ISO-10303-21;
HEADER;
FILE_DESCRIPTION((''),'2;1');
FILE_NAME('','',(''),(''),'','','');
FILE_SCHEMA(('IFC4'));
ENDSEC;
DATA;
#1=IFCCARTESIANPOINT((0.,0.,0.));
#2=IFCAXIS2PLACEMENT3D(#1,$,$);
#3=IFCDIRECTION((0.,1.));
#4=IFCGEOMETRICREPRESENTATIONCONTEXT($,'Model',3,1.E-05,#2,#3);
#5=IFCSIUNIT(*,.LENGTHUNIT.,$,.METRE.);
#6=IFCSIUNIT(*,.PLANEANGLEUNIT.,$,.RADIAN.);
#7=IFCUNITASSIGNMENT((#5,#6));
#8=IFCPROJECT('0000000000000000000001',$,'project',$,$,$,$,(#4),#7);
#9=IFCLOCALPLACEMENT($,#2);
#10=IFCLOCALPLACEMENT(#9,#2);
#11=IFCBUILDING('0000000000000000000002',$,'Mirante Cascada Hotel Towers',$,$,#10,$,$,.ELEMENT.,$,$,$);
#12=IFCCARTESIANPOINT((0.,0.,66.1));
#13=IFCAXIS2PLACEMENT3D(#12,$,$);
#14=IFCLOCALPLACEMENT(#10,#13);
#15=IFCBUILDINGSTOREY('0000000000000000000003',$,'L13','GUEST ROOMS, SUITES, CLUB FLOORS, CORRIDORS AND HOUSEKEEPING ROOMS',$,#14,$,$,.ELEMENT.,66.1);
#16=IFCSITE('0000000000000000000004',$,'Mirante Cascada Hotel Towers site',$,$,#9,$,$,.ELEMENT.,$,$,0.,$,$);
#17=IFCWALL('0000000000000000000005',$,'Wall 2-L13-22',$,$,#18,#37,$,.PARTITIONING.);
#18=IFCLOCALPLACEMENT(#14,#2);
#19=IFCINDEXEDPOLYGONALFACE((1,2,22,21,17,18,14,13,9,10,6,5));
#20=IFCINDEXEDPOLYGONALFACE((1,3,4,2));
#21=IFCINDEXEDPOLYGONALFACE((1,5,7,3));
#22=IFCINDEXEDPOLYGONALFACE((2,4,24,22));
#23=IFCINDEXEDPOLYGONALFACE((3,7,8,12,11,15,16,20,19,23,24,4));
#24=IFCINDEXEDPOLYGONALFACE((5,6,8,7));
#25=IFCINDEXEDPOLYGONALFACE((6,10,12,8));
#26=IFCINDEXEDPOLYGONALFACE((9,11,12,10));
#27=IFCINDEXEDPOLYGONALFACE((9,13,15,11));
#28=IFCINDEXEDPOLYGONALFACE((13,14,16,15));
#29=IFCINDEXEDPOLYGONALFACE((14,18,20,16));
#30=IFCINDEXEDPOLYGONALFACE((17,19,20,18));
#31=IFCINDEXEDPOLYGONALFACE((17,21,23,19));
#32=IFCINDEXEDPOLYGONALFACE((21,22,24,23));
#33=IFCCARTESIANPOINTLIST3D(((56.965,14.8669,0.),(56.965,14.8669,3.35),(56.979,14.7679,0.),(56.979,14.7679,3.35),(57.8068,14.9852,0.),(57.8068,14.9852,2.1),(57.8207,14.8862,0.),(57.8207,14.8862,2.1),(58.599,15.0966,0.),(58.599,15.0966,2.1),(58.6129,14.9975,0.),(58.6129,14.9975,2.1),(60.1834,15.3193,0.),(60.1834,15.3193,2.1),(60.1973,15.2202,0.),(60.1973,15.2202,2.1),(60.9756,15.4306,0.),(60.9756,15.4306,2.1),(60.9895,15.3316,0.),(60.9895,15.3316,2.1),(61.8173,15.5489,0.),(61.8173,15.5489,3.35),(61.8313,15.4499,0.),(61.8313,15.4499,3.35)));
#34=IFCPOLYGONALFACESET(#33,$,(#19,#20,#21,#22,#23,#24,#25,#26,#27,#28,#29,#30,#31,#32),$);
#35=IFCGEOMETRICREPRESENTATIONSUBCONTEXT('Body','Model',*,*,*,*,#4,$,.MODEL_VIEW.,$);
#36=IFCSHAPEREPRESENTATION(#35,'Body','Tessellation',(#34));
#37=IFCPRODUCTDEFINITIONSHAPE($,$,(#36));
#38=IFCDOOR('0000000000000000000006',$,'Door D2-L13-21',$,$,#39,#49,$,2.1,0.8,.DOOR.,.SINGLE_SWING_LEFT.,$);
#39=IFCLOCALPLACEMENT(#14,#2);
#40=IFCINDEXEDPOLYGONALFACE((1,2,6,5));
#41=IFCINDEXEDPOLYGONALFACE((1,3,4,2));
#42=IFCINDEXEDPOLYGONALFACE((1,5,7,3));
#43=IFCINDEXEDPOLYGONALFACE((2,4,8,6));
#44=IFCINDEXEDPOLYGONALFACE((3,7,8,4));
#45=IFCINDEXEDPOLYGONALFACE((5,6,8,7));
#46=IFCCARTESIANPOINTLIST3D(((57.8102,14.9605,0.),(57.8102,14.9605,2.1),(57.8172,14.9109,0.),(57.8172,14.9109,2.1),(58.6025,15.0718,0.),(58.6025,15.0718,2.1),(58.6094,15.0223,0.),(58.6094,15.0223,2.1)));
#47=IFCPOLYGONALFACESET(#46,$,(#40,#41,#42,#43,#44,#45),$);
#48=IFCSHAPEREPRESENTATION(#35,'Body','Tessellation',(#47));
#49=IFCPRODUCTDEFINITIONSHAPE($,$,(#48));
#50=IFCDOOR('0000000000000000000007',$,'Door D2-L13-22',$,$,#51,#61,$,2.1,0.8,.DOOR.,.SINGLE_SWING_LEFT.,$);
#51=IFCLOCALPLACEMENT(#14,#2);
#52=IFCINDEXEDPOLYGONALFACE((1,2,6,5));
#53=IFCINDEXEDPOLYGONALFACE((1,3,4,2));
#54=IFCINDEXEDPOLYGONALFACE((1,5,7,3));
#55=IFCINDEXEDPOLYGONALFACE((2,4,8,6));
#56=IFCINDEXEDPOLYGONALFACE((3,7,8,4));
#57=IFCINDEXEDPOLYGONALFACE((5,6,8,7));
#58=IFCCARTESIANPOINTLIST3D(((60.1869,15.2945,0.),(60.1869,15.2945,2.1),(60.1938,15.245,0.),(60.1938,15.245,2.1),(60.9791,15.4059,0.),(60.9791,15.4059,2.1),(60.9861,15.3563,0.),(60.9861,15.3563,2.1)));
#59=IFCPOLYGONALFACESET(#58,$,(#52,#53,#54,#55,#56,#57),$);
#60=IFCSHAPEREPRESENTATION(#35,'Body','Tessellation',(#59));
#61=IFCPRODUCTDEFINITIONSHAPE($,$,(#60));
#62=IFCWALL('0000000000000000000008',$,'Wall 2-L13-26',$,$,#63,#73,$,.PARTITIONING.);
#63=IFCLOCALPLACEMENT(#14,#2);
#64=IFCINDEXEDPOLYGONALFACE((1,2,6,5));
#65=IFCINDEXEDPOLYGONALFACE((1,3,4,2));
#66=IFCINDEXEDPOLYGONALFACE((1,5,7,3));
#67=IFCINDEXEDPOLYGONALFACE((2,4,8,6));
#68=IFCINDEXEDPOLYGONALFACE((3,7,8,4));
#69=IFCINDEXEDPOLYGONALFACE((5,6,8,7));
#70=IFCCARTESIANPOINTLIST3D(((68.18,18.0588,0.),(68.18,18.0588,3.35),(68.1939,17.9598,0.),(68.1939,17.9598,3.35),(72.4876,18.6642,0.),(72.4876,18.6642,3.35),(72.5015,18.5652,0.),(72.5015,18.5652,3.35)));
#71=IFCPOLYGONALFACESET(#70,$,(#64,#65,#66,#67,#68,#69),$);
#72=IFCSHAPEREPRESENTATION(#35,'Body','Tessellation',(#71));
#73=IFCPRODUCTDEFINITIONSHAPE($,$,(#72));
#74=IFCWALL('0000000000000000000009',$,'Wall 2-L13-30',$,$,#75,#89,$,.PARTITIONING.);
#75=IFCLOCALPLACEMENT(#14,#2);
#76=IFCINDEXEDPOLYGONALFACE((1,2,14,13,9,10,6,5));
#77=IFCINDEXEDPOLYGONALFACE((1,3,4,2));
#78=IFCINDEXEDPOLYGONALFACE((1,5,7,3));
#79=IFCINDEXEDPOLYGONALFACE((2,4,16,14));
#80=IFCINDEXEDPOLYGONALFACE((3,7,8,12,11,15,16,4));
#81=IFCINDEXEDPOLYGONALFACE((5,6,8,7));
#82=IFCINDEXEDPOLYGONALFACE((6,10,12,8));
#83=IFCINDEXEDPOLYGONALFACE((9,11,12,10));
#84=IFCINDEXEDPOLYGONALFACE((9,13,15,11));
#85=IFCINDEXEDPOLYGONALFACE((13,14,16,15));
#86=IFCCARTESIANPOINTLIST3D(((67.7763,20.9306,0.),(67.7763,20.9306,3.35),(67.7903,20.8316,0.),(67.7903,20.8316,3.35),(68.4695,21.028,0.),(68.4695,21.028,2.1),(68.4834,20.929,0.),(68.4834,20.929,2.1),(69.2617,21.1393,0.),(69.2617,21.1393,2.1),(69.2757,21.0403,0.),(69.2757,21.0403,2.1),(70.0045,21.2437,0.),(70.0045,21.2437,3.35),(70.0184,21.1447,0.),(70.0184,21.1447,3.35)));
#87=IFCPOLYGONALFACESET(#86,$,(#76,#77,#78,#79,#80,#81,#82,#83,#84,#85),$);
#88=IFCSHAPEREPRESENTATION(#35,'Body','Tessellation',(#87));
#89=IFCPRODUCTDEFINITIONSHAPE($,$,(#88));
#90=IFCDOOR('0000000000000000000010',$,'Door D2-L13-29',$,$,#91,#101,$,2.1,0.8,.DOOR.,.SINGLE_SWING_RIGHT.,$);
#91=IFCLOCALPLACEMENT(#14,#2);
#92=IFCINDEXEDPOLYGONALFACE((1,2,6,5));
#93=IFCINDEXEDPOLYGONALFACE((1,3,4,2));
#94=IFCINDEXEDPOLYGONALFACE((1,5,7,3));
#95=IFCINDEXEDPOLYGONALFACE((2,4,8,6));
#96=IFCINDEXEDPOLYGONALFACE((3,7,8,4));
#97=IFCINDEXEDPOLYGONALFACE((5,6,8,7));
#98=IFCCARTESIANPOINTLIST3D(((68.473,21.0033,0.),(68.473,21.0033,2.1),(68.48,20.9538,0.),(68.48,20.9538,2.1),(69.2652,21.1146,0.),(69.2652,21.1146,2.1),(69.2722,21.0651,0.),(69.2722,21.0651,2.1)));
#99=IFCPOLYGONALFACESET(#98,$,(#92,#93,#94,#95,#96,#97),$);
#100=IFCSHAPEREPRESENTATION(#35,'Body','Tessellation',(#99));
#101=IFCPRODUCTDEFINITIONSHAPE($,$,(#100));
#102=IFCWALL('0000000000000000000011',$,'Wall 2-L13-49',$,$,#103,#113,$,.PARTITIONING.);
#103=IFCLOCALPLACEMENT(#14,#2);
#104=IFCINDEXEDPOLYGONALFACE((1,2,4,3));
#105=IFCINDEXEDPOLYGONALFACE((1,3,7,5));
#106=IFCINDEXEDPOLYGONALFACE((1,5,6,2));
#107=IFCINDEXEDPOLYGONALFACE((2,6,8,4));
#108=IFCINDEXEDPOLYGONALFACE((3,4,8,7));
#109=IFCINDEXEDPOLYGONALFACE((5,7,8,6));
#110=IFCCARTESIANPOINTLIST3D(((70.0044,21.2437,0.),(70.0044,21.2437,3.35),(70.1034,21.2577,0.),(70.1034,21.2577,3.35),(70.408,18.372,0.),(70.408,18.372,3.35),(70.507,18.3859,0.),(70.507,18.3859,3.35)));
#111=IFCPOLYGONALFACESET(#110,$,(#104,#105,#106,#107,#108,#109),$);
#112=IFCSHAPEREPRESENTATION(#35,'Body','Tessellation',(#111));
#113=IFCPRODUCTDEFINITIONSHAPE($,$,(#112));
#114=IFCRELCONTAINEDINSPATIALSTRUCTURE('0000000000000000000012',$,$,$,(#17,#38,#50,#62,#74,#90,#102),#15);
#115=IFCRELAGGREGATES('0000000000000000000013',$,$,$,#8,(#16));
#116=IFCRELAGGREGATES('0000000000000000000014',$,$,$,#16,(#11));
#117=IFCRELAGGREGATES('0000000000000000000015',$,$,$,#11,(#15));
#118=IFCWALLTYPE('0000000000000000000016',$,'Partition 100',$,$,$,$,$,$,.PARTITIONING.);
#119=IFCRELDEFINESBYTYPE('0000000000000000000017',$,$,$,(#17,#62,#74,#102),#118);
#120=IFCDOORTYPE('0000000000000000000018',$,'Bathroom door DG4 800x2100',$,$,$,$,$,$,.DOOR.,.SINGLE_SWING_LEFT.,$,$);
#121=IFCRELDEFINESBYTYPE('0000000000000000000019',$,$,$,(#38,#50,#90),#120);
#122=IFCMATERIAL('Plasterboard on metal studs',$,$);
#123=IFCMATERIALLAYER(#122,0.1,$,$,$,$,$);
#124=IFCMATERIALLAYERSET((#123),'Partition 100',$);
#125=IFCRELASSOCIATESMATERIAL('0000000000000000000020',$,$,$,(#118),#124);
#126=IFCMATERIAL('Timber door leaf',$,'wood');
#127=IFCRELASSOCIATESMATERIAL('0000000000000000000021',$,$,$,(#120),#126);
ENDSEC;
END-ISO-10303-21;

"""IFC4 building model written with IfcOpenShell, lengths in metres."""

from ifc_helpers import new_model, si_unit, direction, frame, frame_2d, origin, place, context, subcontext, project, spatial, rectangle, extrude, material, layer, layer_set, type_object, element, fill, save


model = new_model("IFC4")

# Units and contexts
model_context = context("Model", 3, precision=1e-05, world=origin(), true_north=direction((0.0, 1.0)))
body_context = subcontext(model_context, "Body", "Model", "MODEL_VIEW")
ifc_project = project(units=[si_unit("LENGTHUNIT", "METRE"), si_unit("PLANEANGLEUNIT", "RADIAN")], contexts=[model_context])

# Site, building, storey
site_placement = place(None, origin())
site = spatial("IfcSite", under=ifc_project, at=site_placement, Name="Mirante Cascada Hotel Towers site", CompositionType="ELEMENT", RefElevation=0.0)
building_placement = place(site_placement, origin())
building = spatial("IfcBuilding", under=site, at=building_placement, Name="Mirante Cascada Hotel Towers", CompositionType="ELEMENT")
storey_placement = place(building_placement, frame((0.0, 0.0, 66.1)))
storey = spatial("IfcBuildingStorey", under=building, at=storey_placement, Name="L13", Description="GUEST ROOMS, SUITES, CLUB FLOORS, CORRIDORS AND HOUSEKEEPING ROOMS", CompositionType="ELEMENT", Elevation=66.1)

# Wall, openings, doors
ifc_material_1 = material(Name="Plasterboard on metal studs")
ifc_layer_1 = layer(ifc_material_1, 0.1)
ifc_layer_set_1 = layer_set([ifc_layer_1], Name="Partition 100")
wall_type_1 = type_object("IfcWallType", Name="Partition 100", PredefinedType="PARTITIONING", material=ifc_layer_set_1)
wall_1_placement = place(storey_placement, frame((56.972, 14.8174, 0.0), z_axis=(0.0, 0.0, 1.0), x_axis=(0.990267, 0.139184, 0.0)))
wall_1 = element("IfcWall", 1, at=wall_1_placement, inside=storey, type_object=wall_type_1, Name="Wall 2-L13-22", PredefinedType="PARTITIONING", context=body_context, shape_type="SweptSolid", body=[
    extrude(rectangle(XDim=4.9, YDim=0.1, at=frame_2d((2.45, 0.0))), origin(), (0.0, 0.0, 1.0), 3.35),
])
opening_1_placement = place(wall_1_placement, frame((0.85, 0.0, 0.0)))
opening_1 = element("IfcOpeningElement", 2, at=opening_1_placement, cuts=wall_1, PredefinedType="OPENING", context=body_context, shape_type="SweptSolid", body=[
    extrude(rectangle(XDim=0.8, YDim=2.1, at=frame_2d((0.4, 1.05))), frame((0.0, 0.05, 0.0), z_axis=(0.0, -1.0, 0.0), x_axis=(1.0, 0.0, 0.0)), (0.0, 0.0, 1.0), 0.1),
])
opening_2_placement = place(wall_1_placement, frame((3.25, 0.0, 0.0)))
opening_2 = element("IfcOpeningElement", 3, at=opening_2_placement, cuts=wall_1, PredefinedType="OPENING", context=body_context, shape_type="SweptSolid", body=[
    extrude(rectangle(XDim=0.8, YDim=2.1, at=frame_2d((0.4, 1.05))), frame((0.0, 0.05, 0.0), z_axis=(0.0, -1.0, 0.0), x_axis=(1.0, 0.0, 0.0)), (0.0, 0.0, 1.0), 0.1),
])
ifc_material_2 = material(Name="Timber door leaf", Category="wood")
door_type = type_object("IfcDoorType", Name="Bathroom door DG4 800x2100", OperationType="SINGLE_SWING_LEFT", PredefinedType="DOOR", material=ifc_material_2)
door_1_placement = place(opening_1_placement, origin())
door_1 = element("IfcDoor", 4, at=door_1_placement, inside=storey, type_object=door_type, Name="Door D2-L13-21", OperationType="SINGLE_SWING_LEFT", OverallHeight=2.1, OverallWidth=0.8, PredefinedType="DOOR", context=body_context, shape_type="SweptSolid", body=[
    extrude(rectangle(XDim=0.8, YDim=2.1, at=frame_2d((0.4, 1.05))), frame((0.0, 0.025, 0.0), z_axis=(0.0, -1.0, 0.0), x_axis=(1.0, 0.0, 0.0)), (0.0, 0.0, 1.0), 0.05),
])
fill(opening_1, door_1)
door_2_placement = place(opening_2_placement, origin())
door_2 = element("IfcDoor", 5, at=door_2_placement, inside=storey, type_object=door_type, Name="Door D2-L13-22", OperationType="SINGLE_SWING_LEFT", OverallHeight=2.1, OverallWidth=0.8, PredefinedType="DOOR", context=body_context, shape_type="SweptSolid", body=[
    extrude(rectangle(XDim=0.8, YDim=2.1, at=frame_2d((0.4, 1.05))), frame((0.0, 0.025, 0.0), z_axis=(0.0, -1.0, 0.0), x_axis=(1.0, 0.0, 0.0)), (0.0, 0.0, 1.0), 0.05),
])
fill(opening_2, door_2)

# Wall
wall_2_placement = place(storey_placement, frame((68.1869, 18.0093, 0.0), z_axis=(0.0, 0.0, 1.0), x_axis=(0.990268, 0.139175, 0.0)))
element("IfcWall", 6, at=wall_2_placement, inside=storey, type_object=wall_type_1, Name="Wall 2-L13-26", PredefinedType="PARTITIONING", context=body_context, shape_type="SweptSolid", body=[
    extrude(rectangle(XDim=4.3499, YDim=0.1, at=frame_2d((2.175, 0.0))), origin(), (0.0, 0.0, 1.0), 3.35),
])

# Wall, opening, door
wall_3_placement = place(storey_placement, frame((67.7833, 20.8811, 0.0), z_axis=(0.0, 0.0, 1.0), x_axis=(0.990271, 0.139156, 0.0)))
wall_3 = element("IfcWall", 7, at=wall_3_placement, inside=storey, type_object=wall_type_1, Name="Wall 2-L13-30", PredefinedType="PARTITIONING", context=body_context, shape_type="SweptSolid", body=[
    extrude(rectangle(XDim=2.25, YDim=0.1, at=frame_2d((1.125, 0.0))), origin(), (0.0, 0.0, 1.0), 3.35),
])
opening_3_placement = place(wall_3_placement, frame((0.7, 0.0, 0.0)))
opening_3 = element("IfcOpeningElement", 8, at=opening_3_placement, cuts=wall_3, PredefinedType="OPENING", context=body_context, shape_type="SweptSolid", body=[
    extrude(rectangle(XDim=0.8, YDim=2.1, at=frame_2d((0.4, 1.05))), frame((0.0, 0.05, 0.0), z_axis=(0.0, -1.0, 0.0), x_axis=(1.0, 0.0, 0.0)), (0.0, 0.0, 1.0), 0.1),
])
door_3_placement = place(opening_3_placement, frame((0.8, 0.0, 0.0), z_axis=(0.0, 0.0, 1.0), x_axis=(-1.0, 0.0, 0.0)))
door_3 = element("IfcDoor", 9, at=door_3_placement, inside=storey, type_object=door_type, Name="Door D2-L13-29", OperationType="SINGLE_SWING_RIGHT", OverallHeight=2.1, OverallWidth=0.8, PredefinedType="DOOR", context=body_context, shape_type="SweptSolid", body=[
    extrude(rectangle(XDim=0.8, YDim=2.1, at=frame_2d((0.4, 1.05))), frame((0.0, 0.025, 0.0), z_axis=(0.0, -1.0, 0.0), x_axis=(1.0, 0.0, 0.0)), (0.0, 0.0, 1.0), 0.05),
])
fill(opening_3, door_3)

# Wall
wall_4_placement = place(storey_placement, frame((70.0539, 21.2507, 0.0), z_axis=(0.0, 0.0, 1.0), x_axis=(0.139171, -0.990268, 0.0)))
element("IfcWall", 10, at=wall_4_placement, inside=storey, type_object=wall_type_1, Name="Wall 2-L13-49", PredefinedType="PARTITIONING", context=body_context, shape_type="SweptSolid", body=[
    extrude(rectangle(XDim=2.9, YDim=0.1, at=frame_2d((1.45, 0.0))), origin(), (0.0, 0.0, 1.0), 3.35),
])

save(model, "model.ifc")
